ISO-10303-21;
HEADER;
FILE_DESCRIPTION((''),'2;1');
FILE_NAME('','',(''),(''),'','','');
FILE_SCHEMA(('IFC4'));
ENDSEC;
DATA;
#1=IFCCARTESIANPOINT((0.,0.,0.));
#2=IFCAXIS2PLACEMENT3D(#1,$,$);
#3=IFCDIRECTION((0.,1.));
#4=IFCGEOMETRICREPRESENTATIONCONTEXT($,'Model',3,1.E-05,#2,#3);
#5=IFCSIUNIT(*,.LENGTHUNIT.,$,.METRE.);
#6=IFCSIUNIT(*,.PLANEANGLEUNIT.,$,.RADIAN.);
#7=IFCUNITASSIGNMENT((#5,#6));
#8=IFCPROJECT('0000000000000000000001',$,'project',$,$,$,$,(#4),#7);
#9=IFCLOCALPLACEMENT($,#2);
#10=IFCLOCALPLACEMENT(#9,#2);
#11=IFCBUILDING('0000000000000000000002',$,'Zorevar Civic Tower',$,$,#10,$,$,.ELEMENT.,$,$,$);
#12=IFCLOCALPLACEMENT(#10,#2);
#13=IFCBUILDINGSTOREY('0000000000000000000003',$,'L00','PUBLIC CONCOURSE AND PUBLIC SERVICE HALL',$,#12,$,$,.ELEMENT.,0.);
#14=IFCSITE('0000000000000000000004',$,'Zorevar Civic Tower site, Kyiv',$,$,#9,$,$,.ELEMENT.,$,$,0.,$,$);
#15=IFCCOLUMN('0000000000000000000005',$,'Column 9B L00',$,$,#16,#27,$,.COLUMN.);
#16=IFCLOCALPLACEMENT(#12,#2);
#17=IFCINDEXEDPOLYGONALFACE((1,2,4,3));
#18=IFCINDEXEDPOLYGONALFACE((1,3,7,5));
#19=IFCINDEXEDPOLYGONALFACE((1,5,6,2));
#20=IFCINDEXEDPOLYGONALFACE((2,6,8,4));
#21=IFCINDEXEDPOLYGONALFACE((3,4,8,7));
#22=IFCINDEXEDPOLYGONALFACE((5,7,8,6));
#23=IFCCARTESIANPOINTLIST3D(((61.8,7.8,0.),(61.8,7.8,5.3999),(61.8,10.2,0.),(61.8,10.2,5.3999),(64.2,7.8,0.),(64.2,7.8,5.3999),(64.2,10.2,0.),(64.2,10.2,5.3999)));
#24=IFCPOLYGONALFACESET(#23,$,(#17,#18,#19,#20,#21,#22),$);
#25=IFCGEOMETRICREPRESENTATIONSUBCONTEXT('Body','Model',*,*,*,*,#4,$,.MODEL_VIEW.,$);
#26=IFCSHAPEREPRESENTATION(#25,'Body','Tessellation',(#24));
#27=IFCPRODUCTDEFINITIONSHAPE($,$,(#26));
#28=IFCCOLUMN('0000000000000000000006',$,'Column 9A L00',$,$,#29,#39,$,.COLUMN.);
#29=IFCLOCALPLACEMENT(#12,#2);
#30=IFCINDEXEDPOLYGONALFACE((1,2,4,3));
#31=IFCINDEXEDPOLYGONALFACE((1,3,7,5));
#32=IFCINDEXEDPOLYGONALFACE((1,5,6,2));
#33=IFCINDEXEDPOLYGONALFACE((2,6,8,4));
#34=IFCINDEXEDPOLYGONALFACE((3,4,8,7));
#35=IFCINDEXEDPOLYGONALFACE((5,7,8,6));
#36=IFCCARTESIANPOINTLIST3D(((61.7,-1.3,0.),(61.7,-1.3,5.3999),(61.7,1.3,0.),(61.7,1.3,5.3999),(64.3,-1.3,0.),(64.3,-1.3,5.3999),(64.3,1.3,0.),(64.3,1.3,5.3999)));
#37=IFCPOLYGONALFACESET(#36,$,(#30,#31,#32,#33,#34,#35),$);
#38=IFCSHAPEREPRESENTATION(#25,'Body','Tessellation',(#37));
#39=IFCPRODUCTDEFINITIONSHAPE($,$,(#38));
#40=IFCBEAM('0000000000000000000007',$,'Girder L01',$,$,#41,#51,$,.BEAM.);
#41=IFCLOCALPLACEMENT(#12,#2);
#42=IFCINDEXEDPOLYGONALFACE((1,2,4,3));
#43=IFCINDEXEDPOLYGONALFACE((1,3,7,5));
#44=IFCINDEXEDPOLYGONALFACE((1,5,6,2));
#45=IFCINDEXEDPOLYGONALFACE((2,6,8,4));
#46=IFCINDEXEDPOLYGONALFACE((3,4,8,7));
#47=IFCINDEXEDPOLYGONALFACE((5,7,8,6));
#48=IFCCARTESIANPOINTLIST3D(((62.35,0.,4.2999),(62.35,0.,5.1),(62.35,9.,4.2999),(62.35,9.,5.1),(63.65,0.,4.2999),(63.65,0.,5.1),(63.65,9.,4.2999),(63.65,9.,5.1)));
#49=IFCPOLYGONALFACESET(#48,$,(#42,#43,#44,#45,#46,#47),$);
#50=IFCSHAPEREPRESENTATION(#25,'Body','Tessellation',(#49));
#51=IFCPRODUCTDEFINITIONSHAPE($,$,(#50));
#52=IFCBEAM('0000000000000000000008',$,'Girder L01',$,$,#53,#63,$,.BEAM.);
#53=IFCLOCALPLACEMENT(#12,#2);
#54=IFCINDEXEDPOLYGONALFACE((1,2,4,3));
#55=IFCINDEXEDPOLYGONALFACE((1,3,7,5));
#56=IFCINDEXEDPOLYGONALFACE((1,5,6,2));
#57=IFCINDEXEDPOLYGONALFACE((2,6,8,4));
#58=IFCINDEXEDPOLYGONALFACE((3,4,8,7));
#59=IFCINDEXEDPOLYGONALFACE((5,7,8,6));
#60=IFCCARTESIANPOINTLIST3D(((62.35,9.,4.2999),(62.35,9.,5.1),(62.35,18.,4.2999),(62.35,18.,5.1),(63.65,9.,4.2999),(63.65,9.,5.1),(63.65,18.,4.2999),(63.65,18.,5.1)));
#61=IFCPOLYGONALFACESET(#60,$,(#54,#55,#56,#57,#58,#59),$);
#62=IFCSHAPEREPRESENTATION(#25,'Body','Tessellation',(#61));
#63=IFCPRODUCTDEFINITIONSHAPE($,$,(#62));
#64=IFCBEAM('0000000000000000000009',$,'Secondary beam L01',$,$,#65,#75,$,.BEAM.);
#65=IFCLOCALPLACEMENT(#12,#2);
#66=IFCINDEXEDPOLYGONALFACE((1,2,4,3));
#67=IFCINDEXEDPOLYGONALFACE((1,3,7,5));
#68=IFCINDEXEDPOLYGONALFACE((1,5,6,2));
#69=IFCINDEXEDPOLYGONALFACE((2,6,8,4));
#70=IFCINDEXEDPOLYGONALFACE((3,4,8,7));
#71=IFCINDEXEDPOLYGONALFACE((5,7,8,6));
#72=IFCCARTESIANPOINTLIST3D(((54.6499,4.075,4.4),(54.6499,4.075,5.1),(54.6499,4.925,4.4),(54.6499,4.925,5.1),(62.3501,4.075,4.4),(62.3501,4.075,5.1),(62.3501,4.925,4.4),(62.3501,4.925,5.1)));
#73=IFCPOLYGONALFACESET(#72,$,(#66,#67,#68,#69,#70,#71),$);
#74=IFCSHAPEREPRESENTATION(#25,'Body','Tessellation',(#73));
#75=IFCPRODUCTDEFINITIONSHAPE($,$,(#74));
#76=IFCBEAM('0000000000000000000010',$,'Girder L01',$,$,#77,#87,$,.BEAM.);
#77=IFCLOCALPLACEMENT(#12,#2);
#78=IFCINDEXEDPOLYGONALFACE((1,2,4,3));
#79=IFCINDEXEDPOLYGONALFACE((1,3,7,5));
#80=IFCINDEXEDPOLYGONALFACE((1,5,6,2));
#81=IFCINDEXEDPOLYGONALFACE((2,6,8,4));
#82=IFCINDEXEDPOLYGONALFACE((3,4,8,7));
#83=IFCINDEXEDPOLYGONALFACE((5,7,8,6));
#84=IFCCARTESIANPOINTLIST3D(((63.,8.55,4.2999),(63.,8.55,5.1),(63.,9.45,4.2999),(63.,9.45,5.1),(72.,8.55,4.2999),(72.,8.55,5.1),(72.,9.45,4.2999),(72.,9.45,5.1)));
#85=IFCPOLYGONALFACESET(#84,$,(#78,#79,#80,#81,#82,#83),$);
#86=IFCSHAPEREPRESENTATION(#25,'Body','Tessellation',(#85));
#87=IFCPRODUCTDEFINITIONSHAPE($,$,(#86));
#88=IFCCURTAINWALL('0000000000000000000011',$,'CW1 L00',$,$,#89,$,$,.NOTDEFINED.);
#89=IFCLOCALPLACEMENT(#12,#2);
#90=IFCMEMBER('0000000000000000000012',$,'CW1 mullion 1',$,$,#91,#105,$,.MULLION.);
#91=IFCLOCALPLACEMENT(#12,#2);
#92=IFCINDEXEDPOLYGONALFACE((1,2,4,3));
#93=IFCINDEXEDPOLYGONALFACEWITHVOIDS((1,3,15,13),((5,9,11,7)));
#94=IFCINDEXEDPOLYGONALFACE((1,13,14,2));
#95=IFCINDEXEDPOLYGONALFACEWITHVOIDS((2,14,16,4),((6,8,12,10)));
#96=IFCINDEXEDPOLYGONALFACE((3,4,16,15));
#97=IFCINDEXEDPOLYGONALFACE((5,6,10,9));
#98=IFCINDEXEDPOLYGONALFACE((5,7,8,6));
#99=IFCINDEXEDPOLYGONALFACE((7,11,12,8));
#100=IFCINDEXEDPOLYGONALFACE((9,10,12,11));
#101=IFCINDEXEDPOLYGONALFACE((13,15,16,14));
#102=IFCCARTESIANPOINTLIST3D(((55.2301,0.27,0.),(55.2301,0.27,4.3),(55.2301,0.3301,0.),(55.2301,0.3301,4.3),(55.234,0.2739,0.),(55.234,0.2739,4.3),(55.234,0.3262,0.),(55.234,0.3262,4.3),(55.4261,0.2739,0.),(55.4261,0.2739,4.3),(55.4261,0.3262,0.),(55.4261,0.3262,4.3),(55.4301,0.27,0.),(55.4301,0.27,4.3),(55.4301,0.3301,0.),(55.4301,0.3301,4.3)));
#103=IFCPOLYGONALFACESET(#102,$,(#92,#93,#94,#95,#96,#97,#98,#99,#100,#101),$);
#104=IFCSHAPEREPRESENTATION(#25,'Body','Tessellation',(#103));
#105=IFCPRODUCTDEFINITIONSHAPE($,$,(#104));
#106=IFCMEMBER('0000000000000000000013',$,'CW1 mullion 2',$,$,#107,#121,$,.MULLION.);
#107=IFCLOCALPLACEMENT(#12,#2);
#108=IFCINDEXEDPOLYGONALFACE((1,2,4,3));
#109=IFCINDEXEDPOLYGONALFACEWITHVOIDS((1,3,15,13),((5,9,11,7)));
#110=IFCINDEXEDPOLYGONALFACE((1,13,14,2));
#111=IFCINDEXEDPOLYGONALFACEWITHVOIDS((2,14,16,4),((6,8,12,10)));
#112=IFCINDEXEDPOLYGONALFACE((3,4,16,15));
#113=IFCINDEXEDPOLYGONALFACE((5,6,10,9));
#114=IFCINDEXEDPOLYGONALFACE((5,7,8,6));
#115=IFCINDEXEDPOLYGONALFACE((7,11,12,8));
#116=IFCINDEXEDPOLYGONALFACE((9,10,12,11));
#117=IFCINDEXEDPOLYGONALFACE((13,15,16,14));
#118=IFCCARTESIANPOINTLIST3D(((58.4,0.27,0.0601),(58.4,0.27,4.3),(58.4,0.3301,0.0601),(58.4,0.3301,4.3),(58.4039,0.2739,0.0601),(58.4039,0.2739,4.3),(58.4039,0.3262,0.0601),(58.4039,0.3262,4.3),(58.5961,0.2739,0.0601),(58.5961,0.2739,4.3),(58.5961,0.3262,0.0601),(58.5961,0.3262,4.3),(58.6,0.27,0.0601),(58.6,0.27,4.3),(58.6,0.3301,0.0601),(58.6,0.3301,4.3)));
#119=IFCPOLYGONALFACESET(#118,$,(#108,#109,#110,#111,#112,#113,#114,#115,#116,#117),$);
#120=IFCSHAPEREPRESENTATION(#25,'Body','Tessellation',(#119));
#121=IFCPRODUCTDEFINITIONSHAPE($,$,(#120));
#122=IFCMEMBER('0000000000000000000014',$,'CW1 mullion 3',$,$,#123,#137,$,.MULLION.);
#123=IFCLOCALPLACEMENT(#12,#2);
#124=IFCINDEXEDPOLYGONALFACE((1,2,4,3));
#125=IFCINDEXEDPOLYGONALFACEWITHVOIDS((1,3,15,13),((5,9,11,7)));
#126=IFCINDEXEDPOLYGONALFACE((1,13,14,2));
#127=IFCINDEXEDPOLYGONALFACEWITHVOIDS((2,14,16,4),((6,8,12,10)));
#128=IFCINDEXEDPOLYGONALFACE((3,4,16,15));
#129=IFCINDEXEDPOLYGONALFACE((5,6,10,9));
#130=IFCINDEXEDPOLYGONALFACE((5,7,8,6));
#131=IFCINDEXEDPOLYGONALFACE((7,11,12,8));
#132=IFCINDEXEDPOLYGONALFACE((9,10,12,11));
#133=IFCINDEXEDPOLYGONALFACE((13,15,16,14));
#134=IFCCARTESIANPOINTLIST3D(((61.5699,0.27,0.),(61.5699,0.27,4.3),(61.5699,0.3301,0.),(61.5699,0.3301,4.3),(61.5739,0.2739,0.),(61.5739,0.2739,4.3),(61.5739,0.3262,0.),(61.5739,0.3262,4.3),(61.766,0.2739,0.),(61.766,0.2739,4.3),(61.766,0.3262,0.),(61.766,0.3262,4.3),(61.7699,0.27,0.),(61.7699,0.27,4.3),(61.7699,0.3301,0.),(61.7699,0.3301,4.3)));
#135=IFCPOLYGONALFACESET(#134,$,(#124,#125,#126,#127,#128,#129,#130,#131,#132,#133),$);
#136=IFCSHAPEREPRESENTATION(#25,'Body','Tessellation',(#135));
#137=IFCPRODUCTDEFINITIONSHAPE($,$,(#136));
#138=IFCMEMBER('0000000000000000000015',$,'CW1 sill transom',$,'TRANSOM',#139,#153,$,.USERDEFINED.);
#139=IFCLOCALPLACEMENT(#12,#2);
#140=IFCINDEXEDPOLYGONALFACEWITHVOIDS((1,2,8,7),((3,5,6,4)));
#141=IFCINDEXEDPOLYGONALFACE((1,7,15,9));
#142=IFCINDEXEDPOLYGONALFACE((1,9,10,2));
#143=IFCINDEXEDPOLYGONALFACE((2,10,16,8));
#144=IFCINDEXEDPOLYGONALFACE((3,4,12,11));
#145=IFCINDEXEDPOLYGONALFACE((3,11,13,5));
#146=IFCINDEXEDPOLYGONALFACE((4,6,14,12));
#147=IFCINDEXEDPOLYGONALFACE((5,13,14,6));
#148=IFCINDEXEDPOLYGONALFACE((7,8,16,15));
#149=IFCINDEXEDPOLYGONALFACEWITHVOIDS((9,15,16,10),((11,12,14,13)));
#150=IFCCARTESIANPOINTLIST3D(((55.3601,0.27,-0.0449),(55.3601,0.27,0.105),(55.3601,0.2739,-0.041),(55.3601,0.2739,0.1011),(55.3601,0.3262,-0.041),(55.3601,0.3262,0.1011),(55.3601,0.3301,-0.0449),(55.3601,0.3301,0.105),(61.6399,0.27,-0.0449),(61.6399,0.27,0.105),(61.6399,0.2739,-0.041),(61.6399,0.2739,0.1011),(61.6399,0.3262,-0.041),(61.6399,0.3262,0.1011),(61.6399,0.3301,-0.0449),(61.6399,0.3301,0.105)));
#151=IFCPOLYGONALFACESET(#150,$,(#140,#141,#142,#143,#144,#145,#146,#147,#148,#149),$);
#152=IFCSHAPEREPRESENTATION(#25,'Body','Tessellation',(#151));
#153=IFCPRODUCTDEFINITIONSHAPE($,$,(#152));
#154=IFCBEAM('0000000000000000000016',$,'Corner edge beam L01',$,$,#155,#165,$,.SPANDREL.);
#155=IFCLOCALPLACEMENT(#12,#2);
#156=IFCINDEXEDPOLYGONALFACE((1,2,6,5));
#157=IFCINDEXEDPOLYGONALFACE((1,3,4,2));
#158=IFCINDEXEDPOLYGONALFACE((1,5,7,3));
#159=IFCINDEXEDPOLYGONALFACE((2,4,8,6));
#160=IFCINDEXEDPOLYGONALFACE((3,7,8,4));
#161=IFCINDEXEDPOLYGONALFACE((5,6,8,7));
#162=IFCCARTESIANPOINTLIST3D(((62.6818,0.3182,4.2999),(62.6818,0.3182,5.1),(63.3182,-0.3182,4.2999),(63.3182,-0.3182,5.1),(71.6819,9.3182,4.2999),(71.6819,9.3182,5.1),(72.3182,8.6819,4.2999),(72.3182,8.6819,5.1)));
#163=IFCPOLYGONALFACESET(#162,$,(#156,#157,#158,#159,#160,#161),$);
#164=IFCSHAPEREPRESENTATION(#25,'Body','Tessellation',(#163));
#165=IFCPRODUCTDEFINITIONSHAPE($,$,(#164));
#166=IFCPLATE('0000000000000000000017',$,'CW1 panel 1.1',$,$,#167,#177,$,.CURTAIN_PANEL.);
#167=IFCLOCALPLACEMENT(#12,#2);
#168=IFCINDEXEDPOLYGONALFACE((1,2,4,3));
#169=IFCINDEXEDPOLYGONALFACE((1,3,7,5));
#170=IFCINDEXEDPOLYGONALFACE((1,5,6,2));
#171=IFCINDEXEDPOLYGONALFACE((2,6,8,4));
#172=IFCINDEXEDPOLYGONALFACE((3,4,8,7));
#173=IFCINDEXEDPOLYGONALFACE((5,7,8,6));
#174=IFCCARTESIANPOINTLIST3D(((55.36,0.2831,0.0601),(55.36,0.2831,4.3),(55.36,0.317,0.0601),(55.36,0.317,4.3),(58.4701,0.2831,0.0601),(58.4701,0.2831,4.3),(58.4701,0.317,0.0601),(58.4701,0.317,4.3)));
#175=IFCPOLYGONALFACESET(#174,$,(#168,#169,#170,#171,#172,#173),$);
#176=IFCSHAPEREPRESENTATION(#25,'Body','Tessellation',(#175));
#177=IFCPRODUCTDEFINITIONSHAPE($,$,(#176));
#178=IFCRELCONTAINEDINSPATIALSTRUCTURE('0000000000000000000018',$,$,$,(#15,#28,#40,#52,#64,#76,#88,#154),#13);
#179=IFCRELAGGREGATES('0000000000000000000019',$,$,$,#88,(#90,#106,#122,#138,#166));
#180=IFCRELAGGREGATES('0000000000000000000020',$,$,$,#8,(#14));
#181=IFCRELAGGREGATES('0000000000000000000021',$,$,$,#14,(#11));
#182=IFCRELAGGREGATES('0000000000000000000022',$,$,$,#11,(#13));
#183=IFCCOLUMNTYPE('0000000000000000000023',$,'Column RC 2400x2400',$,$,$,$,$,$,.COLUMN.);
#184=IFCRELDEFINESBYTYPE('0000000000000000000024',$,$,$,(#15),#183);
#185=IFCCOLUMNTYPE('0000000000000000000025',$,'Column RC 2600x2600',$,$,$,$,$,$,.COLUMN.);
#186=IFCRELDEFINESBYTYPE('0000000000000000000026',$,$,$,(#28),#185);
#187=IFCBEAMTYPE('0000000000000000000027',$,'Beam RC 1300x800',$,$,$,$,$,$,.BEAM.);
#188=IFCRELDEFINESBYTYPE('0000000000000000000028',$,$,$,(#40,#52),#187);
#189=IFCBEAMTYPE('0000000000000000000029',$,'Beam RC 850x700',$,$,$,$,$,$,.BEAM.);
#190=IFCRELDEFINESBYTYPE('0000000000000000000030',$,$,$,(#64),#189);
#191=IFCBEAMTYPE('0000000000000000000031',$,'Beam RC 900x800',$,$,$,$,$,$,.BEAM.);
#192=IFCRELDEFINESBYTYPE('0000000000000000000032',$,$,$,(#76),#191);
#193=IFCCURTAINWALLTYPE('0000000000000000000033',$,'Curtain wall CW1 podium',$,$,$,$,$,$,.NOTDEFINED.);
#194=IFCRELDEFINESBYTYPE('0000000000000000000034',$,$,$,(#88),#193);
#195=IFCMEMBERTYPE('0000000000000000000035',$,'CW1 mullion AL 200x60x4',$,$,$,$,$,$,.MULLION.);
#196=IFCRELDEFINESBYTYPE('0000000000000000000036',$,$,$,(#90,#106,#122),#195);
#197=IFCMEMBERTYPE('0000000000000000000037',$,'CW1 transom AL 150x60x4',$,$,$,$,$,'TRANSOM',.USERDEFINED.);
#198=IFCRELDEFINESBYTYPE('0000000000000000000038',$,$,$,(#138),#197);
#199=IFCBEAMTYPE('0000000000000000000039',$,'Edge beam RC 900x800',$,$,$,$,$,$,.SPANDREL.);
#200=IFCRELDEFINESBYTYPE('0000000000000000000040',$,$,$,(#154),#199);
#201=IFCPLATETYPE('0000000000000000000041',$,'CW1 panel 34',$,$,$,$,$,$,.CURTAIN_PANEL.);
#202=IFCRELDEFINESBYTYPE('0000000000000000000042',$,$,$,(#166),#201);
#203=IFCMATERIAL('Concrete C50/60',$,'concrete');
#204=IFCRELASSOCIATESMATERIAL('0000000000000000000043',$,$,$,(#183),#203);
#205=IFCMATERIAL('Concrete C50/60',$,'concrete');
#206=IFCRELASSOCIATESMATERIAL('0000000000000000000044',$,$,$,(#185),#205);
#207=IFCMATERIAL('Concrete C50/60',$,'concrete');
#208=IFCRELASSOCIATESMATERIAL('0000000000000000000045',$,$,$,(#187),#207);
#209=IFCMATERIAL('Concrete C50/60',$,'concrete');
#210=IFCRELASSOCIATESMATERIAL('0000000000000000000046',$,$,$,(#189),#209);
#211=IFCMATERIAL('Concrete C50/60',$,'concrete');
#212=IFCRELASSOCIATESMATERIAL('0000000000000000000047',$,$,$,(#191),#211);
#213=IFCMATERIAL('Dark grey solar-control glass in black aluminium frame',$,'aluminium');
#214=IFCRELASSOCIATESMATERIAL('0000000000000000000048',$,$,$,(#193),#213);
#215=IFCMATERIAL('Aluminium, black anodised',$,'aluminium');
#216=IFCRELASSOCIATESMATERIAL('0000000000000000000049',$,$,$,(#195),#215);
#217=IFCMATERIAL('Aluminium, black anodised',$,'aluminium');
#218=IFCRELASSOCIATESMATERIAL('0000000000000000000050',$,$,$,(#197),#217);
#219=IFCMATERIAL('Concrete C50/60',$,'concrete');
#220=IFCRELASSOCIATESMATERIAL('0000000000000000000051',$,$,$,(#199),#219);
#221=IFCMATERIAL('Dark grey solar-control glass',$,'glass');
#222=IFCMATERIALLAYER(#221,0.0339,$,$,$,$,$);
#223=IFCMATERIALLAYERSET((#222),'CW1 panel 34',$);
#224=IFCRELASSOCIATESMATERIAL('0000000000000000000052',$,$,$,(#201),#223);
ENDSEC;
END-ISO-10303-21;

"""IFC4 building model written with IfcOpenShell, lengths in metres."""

from ifc_helpers import new_model, si_unit, direction, frame, origin, origin_2d, place, context, subcontext, project, spatial, rectangle, hollow_rectangle, extrude, material, layer, layer_set, material_profile, profile_set, type_object, element, aggregate, save


model = new_model("IFC4")

# Units and contexts
model_context = context("Model", 3, precision=1e-05, world=origin(), true_north=direction((0.0, 1.0)))
body_context = subcontext(model_context, "Body", "Model", "MODEL_VIEW")
ifc_project = project(units=[si_unit("LENGTHUNIT", "METRE"), si_unit("PLANEANGLEUNIT", "RADIAN")], contexts=[model_context])

# Site, building, storey
site_placement = place(None, origin())
site = spatial("IfcSite", under=ifc_project, at=site_placement, Name="Zorevar Civic Tower site, Kyiv", CompositionType="ELEMENT", RefElevation=0.0)
building_placement = place(site_placement, origin())
building = spatial("IfcBuilding", under=site, at=building_placement, Name="Zorevar Civic Tower", CompositionType="ELEMENT")
storey_placement = place(building_placement, origin())
storey = spatial("IfcBuildingStorey", under=building, at=storey_placement, Name="L00", Description="PUBLIC CONCOURSE AND PUBLIC SERVICE HALL", CompositionType="ELEMENT", Elevation=0.0)

# Columns
ifc_material_1 = material(Name="Concrete C50/60", Category="concrete")
ifc_material_profile_1 = material_profile(ifc_material_1, rectangle(XDim=2.3999, YDim=2.3999, at=origin_2d()), Name="RC 2400x2400")
ifc_profile_set_1 = profile_set([ifc_material_profile_1], Name="Concrete C50/60")
column_type_1 = type_object("IfcColumnType", Name="Column RC 2400x2400", PredefinedType="COLUMN", material=ifc_profile_set_1)
column_1_placement = place(storey_placement, frame((63.0, 9.0, 0.0), z_axis=(0.0, 0.0, 1.0), x_axis=(1.0, 0.0, 0.0)))
element("IfcColumn", 1, at=column_1_placement, inside=storey, type_object=column_type_1, Name="Column 9B L00", PredefinedType="COLUMN", context=body_context, shape_type="SweptSolid", body=[
    extrude(rectangle(XDim=2.3999, YDim=2.3999, at=origin_2d()), origin(), (0.0, 0.0, 1.0), 5.3999),
])
ifc_material_2 = material(Name="Concrete C50/60", Category="concrete")
ifc_material_profile_2 = material_profile(ifc_material_2, rectangle(XDim=2.6001, YDim=2.6001, at=origin_2d()), Name="RC 2600x2600")
ifc_profile_set_2 = profile_set([ifc_material_profile_2], Name="Concrete C50/60")
column_type_2 = type_object("IfcColumnType", Name="Column RC 2600x2600", PredefinedType="COLUMN", material=ifc_profile_set_2)
column_2_placement = place(storey_placement, frame((63.0, 0.0, 0.0), z_axis=(0.0, 0.0, 1.0), x_axis=(1.0, 0.0, 0.0)))
element("IfcColumn", 2, at=column_2_placement, inside=storey, type_object=column_type_2, Name="Column 9A L00", PredefinedType="COLUMN", context=body_context, shape_type="SweptSolid", body=[
    extrude(rectangle(XDim=2.6001, YDim=2.6001, at=origin_2d()), origin(), (0.0, 0.0, 1.0), 5.3999),
])

# Beams
ifc_material_3 = material(Name="Concrete C50/60", Category="concrete")
ifc_material_profile_3 = material_profile(ifc_material_3, rectangle(XDim=1.3, YDim=0.8, at=origin_2d()), Name="RC 1300x800")
ifc_profile_set_3 = profile_set([ifc_material_profile_3], Name="Concrete C50/60")
beam_type_1 = type_object("IfcBeamType", Name="Beam RC 1300x800", PredefinedType="BEAM", material=ifc_profile_set_3)
for number, where, z_axis, x_axis, name in (
    (3, (63.0, 0.0, 4.7), (0.0, 1.0, 0.0), (-1.0, 0.0, 0.0), "Girder L01"),
    (4, (63.0, 9.0, 4.7), (0.0, 1.0, 0.0), (-1.0, 0.0, 0.0), "Girder L01"),
):
    element("IfcBeam", number, at=place(storey_placement, frame(where, z_axis=z_axis, x_axis=x_axis)), inside=storey, type_object=beam_type_1, Name=name, PredefinedType="BEAM", context=body_context, shape_type="SweptSolid", body=[
        extrude(rectangle(XDim=1.3, YDim=0.8, at=origin_2d()), origin(), (0.0, 0.0, 1.0), 9.0),
    ])
ifc_material_4 = material(Name="Concrete C50/60", Category="concrete")
ifc_material_profile_4 = material_profile(ifc_material_4, rectangle(XDim=0.8501, YDim=0.7, at=origin_2d()), Name="RC 850x700")
ifc_profile_set_4 = profile_set([ifc_material_profile_4], Name="Concrete C50/60")
beam_type_2 = type_object("IfcBeamType", Name="Beam RC 850x700", PredefinedType="BEAM", material=ifc_profile_set_4)
beam_1_placement = place(storey_placement, frame((54.6499, 4.5, 4.75), z_axis=(1.0, 0.0, 0.0), x_axis=(0.0, 1.0, 0.0)))
element("IfcBeam", 5, at=beam_1_placement, inside=storey, type_object=beam_type_2, Name="Secondary beam L01", PredefinedType="BEAM", context=body_context, shape_type="SweptSolid", body=[
    extrude(rectangle(XDim=0.8501, YDim=0.7, at=origin_2d()), origin(), (0.0, 0.0, 1.0), 7.7002),
])
ifc_material_5 = material(Name="Concrete C50/60", Category="concrete")
ifc_material_profile_5 = material_profile(ifc_material_5, rectangle(XDim=0.8999, YDim=0.8, at=origin_2d()), Name="RC 900x800")
ifc_profile_set_5 = profile_set([ifc_material_profile_5], Name="Concrete C50/60")
beam_type_3 = type_object("IfcBeamType", Name="Beam RC 900x800", PredefinedType="BEAM", material=ifc_profile_set_5)
beam_2_placement = place(storey_placement, frame((63.0, 9.0, 4.7), z_axis=(1.0, 0.0, 0.0), x_axis=(0.0, 1.0, 0.0)))
element("IfcBeam", 6, at=beam_2_placement, inside=storey, type_object=beam_type_3, Name="Girder L01", PredefinedType="BEAM", context=body_context, shape_type="SweptSolid", body=[
    extrude(rectangle(XDim=0.8999, YDim=0.8, at=origin_2d()), origin(), (0.0, 0.0, 1.0), 9.0),
])

# Curtain wall, members
ifc_material_6 = material(Name="Dark grey solar-control glass in black aluminium frame", Category="aluminium")
curtain_wall_type = type_object("IfcCurtainWallType", Name="Curtain wall CW1 podium", PredefinedType="NOTDEFINED", material=ifc_material_6)
curtain_wall_placement = place(storey_placement, origin())
curtain_wall = element("IfcCurtainWall", 7, at=curtain_wall_placement, inside=storey, type_object=curtain_wall_type, Name="CW1 L00", PredefinedType="NOTDEFINED")
ifc_material_7 = material(Name="Aluminium, black anodised", Category="aluminium")
ifc_material_profile_6 = material_profile(ifc_material_7, hollow_rectangle(XDim=0.0601, YDim=0.2, WallThickness=0.0039, at=origin_2d()), Name="AL 200x60x4")
ifc_profile_set_6 = profile_set([ifc_material_profile_6], Name="Aluminium, black anodised")
member_type_1 = type_object("IfcMemberType", Name="CW1 mullion AL 200x60x4", PredefinedType="MULLION", material=ifc_profile_set_6)
member_1_placement = place(storey_placement, frame((55.3301, 0.3, 0.0), z_axis=(0.0, 0.0, 1.0), x_axis=(0.0, 1.0, 0.0)))
member_1 = element("IfcMember", 8, at=member_1_placement, type_object=member_type_1, Name="CW1 mullion 1", PredefinedType="MULLION", context=body_context, shape_type="SweptSolid", body=[
    extrude(hollow_rectangle(XDim=0.0601, YDim=0.2, WallThickness=0.0039, at=origin_2d()), origin(), (0.0, 0.0, 1.0), 4.3),
])
member_2_placement = place(storey_placement, frame((58.5, 0.3, 0.0601), z_axis=(0.0, 0.0, 1.0), x_axis=(0.0, 1.0, 0.0)))
member_2 = element("IfcMember", 9, at=member_2_placement, type_object=member_type_1, Name="CW1 mullion 2", PredefinedType="MULLION", context=body_context, shape_type="SweptSolid", body=[
    extrude(hollow_rectangle(XDim=0.0601, YDim=0.2, WallThickness=0.0039, at=origin_2d()), origin(), (0.0, 0.0, 1.0), 4.24),
])
member_3_placement = place(storey_placement, frame((61.6699, 0.3, 0.0), z_axis=(0.0, 0.0, 1.0), x_axis=(0.0, 1.0, 0.0)))
member_3 = element("IfcMember", 10, at=member_3_placement, type_object=member_type_1, Name="CW1 mullion 3", PredefinedType="MULLION", context=body_context, shape_type="SweptSolid", body=[
    extrude(hollow_rectangle(XDim=0.0601, YDim=0.2, WallThickness=0.0039, at=origin_2d()), origin(), (0.0, 0.0, 1.0), 4.3),
])
ifc_material_8 = material(Name="Aluminium, black anodised", Category="aluminium")
ifc_material_profile_7 = material_profile(ifc_material_8, hollow_rectangle(XDim=0.0601, YDim=0.1499, WallThickness=0.0039, at=origin_2d()), Name="AL 150x60x4")
ifc_profile_set_7 = profile_set([ifc_material_profile_7], Name="Aluminium, black anodised")
member_type_2 = type_object("IfcMemberType", Name="CW1 transom AL 150x60x4", ElementType="TRANSOM", PredefinedType="USERDEFINED", material=ifc_profile_set_7)
member_4_placement = place(storey_placement, frame((55.3601, 0.3, 0.03), z_axis=(1.0, 0.0, 0.0), x_axis=(0.0, 1.0, 0.0)))
member_4 = element("IfcMember", 11, at=member_4_placement, type_object=member_type_2, Name="CW1 sill transom", ObjectType="TRANSOM", PredefinedType="USERDEFINED", context=body_context, shape_type="SweptSolid", body=[
    extrude(hollow_rectangle(XDim=0.0601, YDim=0.1499, WallThickness=0.0039, at=origin_2d()), origin(), (0.0, 0.0, 1.0), 6.2798),
])

# Beam
ifc_material_9 = material(Name="Concrete C50/60", Category="concrete")
ifc_material_profile_8 = material_profile(ifc_material_9, rectangle(XDim=0.8999, YDim=0.8, at=origin_2d()), Name="RC 900x800")
ifc_profile_set_8 = profile_set([ifc_material_profile_8], Name="Concrete C50/60")
beam_type_4 = type_object("IfcBeamType", Name="Edge beam RC 900x800", PredefinedType="SPANDREL", material=ifc_profile_set_8)
beam_3_placement = place(storey_placement, frame((63.0, 0.0, 4.7), z_axis=(0.707107, 0.707107, 0.0), x_axis=(-0.707107, 0.707107, 0.0)))
element("IfcBeam", 12, at=beam_3_placement, inside=storey, type_object=beam_type_4, Name="Corner edge beam L01", PredefinedType="SPANDREL", context=body_context, shape_type="SweptSolid", body=[
    extrude(rectangle(XDim=0.8999, YDim=0.8, at=origin_2d()), origin(), (0.0, 0.0, 1.0), 12.728),
])

# Plate
ifc_material_10 = material(Name="Dark grey solar-control glass", Category="glass")
ifc_layer_1 = layer(ifc_material_10, 0.0339)
ifc_layer_set_1 = layer_set([ifc_layer_1], Name="CW1 panel 34")
plate_type = type_object("IfcPlateType", Name="CW1 panel 34", PredefinedType="CURTAIN_PANEL", material=ifc_layer_set_1)
plate_1_placement = place(storey_placement, frame((56.915, 0.3, 0.0601), z_axis=(0.0, 0.0, 1.0), x_axis=(1.0, 0.0, 0.0)))
plate_1 = element("IfcPlate", 13, at=plate_1_placement, type_object=plate_type, Name="CW1 panel 1.1", PredefinedType="CURTAIN_PANEL", context=body_context, shape_type="SweptSolid", body=[
    extrude(rectangle(XDim=3.1101, YDim=0.0339, at=origin_2d()), origin(), (0.0, 0.0, 1.0), 4.24),
])
aggregate(curtain_wall, [member_1, member_2, member_3, member_4, plate_1])

save(model, "model.ifc")
